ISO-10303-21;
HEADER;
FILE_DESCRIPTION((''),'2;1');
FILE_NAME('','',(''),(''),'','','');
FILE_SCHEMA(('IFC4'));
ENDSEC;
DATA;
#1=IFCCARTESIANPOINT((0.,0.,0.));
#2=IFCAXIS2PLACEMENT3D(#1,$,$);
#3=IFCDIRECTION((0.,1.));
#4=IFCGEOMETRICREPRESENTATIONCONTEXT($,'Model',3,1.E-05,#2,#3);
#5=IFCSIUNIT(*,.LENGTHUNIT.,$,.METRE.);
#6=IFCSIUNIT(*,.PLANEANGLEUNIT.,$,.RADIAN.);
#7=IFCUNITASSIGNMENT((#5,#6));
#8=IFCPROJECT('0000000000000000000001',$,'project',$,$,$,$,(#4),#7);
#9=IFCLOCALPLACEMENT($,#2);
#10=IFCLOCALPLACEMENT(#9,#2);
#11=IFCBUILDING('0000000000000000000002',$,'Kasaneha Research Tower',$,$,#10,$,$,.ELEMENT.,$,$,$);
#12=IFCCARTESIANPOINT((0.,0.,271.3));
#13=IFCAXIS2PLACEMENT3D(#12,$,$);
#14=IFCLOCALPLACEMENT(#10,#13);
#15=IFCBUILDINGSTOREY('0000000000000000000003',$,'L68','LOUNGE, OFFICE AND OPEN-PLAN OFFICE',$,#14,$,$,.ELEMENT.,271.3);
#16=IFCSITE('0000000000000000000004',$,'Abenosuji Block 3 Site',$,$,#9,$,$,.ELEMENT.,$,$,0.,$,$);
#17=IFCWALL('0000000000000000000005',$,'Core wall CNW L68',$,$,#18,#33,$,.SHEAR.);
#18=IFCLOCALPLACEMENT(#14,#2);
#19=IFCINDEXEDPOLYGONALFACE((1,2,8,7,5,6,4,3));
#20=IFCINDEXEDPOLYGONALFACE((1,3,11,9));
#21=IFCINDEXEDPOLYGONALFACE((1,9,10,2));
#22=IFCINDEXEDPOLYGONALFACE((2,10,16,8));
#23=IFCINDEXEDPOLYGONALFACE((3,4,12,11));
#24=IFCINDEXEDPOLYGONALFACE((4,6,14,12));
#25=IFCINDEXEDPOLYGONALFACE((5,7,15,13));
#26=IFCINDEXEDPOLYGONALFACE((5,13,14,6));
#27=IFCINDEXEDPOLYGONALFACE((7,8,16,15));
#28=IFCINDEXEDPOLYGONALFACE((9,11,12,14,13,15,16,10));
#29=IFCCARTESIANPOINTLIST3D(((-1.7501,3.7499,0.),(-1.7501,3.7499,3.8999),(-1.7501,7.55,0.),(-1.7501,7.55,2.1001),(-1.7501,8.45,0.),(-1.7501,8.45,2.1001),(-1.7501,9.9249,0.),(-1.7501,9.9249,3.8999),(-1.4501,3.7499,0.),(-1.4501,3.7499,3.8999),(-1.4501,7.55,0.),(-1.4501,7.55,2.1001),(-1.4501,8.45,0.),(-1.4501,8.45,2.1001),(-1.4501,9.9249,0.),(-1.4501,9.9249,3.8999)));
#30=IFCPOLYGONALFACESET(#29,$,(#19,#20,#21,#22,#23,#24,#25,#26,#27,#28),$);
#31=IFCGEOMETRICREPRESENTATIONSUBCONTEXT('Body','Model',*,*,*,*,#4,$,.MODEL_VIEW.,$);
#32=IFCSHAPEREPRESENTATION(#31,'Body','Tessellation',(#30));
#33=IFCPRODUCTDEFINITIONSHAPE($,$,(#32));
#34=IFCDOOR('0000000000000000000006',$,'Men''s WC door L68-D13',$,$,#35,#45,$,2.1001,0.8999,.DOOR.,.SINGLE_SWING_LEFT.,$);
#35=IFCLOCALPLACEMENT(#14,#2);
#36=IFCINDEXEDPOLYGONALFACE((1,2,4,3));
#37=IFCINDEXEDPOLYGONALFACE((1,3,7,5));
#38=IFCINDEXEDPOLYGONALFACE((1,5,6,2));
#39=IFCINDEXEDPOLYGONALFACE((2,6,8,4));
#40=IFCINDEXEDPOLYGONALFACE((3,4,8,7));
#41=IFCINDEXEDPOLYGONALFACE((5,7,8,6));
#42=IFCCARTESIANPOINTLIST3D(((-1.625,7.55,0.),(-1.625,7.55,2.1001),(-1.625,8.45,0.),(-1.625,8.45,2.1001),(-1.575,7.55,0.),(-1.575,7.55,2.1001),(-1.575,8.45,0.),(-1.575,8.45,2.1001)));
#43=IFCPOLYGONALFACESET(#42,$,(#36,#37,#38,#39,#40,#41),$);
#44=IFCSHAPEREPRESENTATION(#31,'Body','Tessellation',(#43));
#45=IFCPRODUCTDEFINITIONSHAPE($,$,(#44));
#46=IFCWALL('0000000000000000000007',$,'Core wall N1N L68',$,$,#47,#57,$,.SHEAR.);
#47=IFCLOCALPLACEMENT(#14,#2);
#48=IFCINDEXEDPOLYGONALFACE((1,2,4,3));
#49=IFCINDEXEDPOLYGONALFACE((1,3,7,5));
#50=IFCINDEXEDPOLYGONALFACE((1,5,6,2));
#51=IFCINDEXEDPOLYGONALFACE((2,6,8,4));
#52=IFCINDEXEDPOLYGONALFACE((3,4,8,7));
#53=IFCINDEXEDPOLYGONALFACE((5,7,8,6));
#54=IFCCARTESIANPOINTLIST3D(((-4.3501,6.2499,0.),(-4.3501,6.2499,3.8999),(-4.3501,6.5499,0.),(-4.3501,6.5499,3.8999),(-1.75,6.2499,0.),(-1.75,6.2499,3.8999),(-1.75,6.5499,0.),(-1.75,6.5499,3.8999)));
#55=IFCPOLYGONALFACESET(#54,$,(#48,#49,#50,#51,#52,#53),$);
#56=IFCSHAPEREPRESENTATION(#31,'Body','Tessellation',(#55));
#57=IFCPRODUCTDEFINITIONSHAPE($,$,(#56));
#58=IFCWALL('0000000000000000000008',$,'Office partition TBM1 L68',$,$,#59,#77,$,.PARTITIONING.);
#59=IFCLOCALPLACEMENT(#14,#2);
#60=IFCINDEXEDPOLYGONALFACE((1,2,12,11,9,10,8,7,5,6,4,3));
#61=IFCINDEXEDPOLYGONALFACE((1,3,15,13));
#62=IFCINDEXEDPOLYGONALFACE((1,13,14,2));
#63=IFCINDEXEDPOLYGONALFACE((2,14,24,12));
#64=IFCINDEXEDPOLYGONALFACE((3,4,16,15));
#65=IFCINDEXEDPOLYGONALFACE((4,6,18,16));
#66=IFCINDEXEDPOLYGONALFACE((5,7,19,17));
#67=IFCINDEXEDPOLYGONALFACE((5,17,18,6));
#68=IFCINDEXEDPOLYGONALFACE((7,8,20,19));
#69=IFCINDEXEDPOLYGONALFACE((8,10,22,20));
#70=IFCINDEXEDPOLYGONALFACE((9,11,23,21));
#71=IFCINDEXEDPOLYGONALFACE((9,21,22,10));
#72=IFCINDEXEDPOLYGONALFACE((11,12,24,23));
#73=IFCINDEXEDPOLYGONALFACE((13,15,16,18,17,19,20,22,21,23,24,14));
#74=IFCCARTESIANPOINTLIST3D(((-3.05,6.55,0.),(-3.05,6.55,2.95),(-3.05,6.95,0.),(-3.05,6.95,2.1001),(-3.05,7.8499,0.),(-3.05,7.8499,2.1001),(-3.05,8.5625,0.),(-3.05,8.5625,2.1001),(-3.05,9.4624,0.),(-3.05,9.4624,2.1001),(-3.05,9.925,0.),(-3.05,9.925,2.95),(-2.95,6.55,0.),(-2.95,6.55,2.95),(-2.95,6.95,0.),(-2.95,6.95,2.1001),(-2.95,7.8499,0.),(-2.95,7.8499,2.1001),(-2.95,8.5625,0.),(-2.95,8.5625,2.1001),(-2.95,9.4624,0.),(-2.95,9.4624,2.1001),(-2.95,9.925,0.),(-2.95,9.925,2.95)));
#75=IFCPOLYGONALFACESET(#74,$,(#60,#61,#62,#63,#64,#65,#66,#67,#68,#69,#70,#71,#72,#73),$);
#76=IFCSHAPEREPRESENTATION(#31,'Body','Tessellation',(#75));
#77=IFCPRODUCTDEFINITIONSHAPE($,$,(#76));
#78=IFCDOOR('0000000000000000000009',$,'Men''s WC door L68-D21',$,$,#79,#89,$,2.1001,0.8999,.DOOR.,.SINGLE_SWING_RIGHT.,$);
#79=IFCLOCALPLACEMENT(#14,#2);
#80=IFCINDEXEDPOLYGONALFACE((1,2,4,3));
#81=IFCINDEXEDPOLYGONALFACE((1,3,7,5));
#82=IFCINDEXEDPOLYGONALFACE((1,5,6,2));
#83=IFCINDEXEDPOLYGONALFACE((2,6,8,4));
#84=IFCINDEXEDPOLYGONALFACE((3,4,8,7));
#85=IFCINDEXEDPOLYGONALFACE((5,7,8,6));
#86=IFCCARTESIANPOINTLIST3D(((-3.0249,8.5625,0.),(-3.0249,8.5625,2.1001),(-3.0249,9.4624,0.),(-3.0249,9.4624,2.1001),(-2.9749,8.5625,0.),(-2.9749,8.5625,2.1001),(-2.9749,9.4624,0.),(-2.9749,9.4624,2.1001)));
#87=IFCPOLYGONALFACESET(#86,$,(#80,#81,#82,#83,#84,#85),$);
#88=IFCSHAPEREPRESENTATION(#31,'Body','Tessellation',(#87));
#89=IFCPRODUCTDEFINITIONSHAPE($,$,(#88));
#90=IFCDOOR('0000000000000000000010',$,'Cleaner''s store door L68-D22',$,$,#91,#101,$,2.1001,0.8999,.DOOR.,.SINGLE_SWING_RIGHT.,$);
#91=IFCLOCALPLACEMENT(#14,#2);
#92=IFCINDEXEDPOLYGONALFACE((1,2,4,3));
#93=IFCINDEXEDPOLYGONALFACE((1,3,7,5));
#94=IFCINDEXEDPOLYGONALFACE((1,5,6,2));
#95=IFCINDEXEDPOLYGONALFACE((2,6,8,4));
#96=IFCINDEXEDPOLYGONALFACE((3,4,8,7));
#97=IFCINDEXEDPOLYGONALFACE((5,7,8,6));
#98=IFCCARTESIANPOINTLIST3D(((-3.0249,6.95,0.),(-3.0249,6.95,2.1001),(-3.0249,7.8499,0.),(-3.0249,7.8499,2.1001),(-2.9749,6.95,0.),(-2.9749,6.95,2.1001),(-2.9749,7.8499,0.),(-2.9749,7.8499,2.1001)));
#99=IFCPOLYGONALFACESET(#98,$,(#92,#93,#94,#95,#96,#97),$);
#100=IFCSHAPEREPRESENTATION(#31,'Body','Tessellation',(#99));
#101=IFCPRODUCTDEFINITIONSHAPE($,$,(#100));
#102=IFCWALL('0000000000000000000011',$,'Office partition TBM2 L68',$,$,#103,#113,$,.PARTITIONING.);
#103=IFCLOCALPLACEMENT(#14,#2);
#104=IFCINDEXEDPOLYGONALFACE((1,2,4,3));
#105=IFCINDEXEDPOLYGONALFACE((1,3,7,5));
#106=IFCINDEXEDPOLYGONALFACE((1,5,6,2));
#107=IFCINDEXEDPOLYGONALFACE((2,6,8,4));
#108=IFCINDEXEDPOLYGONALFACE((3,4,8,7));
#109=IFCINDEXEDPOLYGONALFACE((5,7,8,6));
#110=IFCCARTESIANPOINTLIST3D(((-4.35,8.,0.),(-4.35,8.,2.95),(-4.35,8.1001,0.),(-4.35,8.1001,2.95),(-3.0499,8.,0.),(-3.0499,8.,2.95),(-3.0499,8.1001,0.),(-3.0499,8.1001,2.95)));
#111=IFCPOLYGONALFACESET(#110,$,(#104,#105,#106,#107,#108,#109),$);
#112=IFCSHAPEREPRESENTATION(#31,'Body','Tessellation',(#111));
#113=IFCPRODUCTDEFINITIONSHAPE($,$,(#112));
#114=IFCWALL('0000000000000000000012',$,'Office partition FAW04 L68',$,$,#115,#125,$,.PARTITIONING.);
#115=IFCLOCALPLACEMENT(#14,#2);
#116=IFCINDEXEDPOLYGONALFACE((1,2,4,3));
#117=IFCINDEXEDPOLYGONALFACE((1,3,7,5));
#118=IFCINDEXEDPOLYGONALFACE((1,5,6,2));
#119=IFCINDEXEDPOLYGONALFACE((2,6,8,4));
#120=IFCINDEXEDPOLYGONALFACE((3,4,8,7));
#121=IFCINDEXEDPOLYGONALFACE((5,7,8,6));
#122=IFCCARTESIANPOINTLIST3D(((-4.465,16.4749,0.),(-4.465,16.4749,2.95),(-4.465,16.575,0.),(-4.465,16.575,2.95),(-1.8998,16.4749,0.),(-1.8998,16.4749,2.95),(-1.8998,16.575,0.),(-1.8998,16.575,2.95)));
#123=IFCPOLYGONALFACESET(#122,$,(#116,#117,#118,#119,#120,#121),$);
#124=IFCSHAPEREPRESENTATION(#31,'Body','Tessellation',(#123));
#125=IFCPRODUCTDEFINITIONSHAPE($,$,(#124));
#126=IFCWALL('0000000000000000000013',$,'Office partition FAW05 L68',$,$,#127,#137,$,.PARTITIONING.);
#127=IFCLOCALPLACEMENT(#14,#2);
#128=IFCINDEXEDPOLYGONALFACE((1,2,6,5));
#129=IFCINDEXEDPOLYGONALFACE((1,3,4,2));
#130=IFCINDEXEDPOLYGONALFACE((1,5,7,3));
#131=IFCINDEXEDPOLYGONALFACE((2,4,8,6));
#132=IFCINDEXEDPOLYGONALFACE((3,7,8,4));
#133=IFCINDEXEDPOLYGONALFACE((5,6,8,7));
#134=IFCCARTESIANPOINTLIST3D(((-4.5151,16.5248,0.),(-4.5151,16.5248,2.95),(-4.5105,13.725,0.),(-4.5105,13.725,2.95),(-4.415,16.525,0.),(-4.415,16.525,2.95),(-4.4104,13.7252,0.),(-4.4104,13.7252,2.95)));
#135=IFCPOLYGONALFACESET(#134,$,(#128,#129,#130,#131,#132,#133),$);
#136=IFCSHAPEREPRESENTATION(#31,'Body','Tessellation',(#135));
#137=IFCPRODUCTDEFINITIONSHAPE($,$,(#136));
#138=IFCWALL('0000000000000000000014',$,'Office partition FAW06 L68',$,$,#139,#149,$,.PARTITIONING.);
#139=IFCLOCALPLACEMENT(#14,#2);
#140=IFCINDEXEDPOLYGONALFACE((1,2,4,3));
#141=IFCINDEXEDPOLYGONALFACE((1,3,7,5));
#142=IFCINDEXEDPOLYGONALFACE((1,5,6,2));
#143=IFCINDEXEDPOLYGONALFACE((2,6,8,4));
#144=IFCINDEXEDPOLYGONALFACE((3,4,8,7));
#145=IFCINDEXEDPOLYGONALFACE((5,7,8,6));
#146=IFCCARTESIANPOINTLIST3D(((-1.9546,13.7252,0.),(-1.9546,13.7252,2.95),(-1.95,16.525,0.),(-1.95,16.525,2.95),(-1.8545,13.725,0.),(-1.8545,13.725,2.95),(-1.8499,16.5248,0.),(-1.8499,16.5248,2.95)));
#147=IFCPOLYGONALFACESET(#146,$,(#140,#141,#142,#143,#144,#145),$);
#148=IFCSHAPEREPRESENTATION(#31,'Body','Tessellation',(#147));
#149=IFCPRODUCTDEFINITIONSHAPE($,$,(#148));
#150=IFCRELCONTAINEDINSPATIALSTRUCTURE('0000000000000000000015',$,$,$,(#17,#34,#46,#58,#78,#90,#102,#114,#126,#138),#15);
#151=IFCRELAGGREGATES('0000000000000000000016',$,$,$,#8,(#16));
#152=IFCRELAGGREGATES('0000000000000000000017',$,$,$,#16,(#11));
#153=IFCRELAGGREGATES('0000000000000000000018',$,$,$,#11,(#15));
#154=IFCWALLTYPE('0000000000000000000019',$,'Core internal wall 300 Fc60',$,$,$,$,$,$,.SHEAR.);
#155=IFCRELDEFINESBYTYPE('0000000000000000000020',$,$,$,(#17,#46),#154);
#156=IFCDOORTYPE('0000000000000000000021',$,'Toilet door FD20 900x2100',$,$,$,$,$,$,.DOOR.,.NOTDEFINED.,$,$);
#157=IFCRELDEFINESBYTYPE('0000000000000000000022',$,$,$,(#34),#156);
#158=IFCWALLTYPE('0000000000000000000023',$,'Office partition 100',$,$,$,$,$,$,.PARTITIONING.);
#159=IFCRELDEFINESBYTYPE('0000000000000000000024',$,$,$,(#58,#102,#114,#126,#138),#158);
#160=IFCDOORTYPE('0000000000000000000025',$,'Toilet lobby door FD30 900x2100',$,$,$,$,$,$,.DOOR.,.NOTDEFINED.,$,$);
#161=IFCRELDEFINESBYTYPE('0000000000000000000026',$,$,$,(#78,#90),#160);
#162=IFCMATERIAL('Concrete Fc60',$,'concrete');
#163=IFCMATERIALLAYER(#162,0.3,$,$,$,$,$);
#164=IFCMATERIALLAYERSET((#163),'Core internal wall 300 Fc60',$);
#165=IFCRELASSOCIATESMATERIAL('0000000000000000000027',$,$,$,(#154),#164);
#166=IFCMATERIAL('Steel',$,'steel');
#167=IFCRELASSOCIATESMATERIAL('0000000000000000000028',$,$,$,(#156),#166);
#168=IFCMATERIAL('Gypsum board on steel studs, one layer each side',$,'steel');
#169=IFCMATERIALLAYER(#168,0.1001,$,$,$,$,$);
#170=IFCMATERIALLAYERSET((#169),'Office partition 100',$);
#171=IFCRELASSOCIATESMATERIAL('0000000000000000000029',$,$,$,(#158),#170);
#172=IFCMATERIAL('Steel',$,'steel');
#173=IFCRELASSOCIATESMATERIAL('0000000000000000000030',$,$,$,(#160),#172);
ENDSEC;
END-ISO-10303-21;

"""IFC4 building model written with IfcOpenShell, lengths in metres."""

from ifc_helpers import new_model, si_unit, direction, frame, frame_2d, origin, place, context, subcontext, project, spatial, rectangle, extrude, material, layer, layer_set, type_object, element, fill, save


model = new_model("IFC4")

# Units and contexts
model_context = context("Model", 3, precision=1e-05, world=origin(), true_north=direction((0.0, 1.0)))
body_context = subcontext(model_context, "Body", "Model", "MODEL_VIEW")
ifc_project = project(units=[si_unit("LENGTHUNIT", "METRE"), si_unit("PLANEANGLEUNIT", "RADIAN")], contexts=[model_context])

# Site, building, storey
site_placement = place(None, origin())
site = spatial("IfcSite", under=ifc_project, at=site_placement, Name="Abenosuji Block 3 Site", CompositionType="ELEMENT", RefElevation=0.0)
building_placement = place(site_placement, origin())
building = spatial("IfcBuilding", under=site, at=building_placement, Name="Kasaneha Research Tower", CompositionType="ELEMENT")
storey_placement = place(building_placement, frame((0.0, 0.0, 271.3)))
storey = spatial("IfcBuildingStorey", under=building, at=storey_placement, Name="L68", Description="LOUNGE, OFFICE AND OPEN-PLAN OFFICE", CompositionType="ELEMENT", Elevation=271.3)

# Wall, opening, door
ifc_material_1 = material(Name="Concrete Fc60", Category="concrete")
ifc_layer_1 = layer(ifc_material_1, 0.3)
ifc_layer_set_1 = layer_set([ifc_layer_1], Name="Core internal wall 300 Fc60")
wall_type_1 = type_object("IfcWallType", Name="Core internal wall 300 Fc60", PredefinedType="SHEAR", material=ifc_layer_set_1)
wall_1_placement = place(storey_placement, frame((-1.6001, 3.75, 0.0), z_axis=(0.0, 0.0, 1.0), x_axis=(0.0, 1.0, 0.0)))
wall_1 = element("IfcWall", 1, at=wall_1_placement, inside=storey, type_object=wall_type_1, Name="Core wall CNW L68", PredefinedType="SHEAR", context=body_context, shape_type="SweptSolid", body=[
    extrude(rectangle(XDim=6.175, YDim=0.3, at=frame_2d((3.0874, 0.0))), origin(), (0.0, 0.0, 1.0), 3.8999),
])
opening_1_placement = place(wall_1_placement, frame((3.8, 0.0, 0.0)))
opening_1 = element("IfcOpeningElement", 2, at=opening_1_placement, cuts=wall_1, PredefinedType="OPENING", context=body_context, shape_type="SweptSolid", body=[
    extrude(rectangle(XDim=0.8999, YDim=2.1001, at=frame_2d((0.45, 1.05))), frame((0.0, 0.1602, 0.0), z_axis=(0.0, -1.0, 0.0), x_axis=(1.0, 0.0, 0.0)), (0.0, 0.0, 1.0), 0.3201),
])
ifc_material_2 = material(Name="Steel", Category="steel")
door_type_1 = type_object("IfcDoorType", Name="Toilet door FD20 900x2100", OperationType="NOTDEFINED", PredefinedType="DOOR", material=ifc_material_2)
door_1_placement = place(opening_1_placement, origin())
door_1 = element("IfcDoor", 3, at=door_1_placement, inside=storey, type_object=door_type_1, Name="Men's WC door L68-D13", OperationType="SINGLE_SWING_LEFT", OverallHeight=2.1001, OverallWidth=0.8999, PredefinedType="DOOR", context=body_context, shape_type="SweptSolid", body=[
    extrude(rectangle(XDim=0.8999, YDim=2.1001, at=frame_2d((0.45, 1.05))), frame((0.0, 0.0249, 0.0), z_axis=(0.0, -1.0, 0.0), x_axis=(1.0, 0.0, 0.0)), (0.0, 0.0, 1.0), 0.05),
])
fill(opening_1, door_1)

# Wall
wall_2_placement = place(storey_placement, frame((-4.3501, 6.3999, 0.0), z_axis=(0.0, 0.0, 1.0), x_axis=(1.0, 0.0, 0.0)))
element("IfcWall", 4, at=wall_2_placement, inside=storey, type_object=wall_type_1, Name="Core wall N1N L68", PredefinedType="SHEAR", context=body_context, shape_type="SweptSolid", body=[
    extrude(rectangle(XDim=2.6001, YDim=0.3, at=frame_2d((1.3, 0.0))), origin(), (0.0, 0.0, 1.0), 3.8999),
])

# Wall, openings, doors
ifc_material_3 = material(Name="Gypsum board on steel studs, one layer each side", Category="steel")
ifc_layer_2 = layer(ifc_material_3, 0.1001)
ifc_layer_set_2 = layer_set([ifc_layer_2], Name="Office partition 100")
wall_type_2 = type_object("IfcWallType", Name="Office partition 100", PredefinedType="PARTITIONING", material=ifc_layer_set_2)
wall_3_placement = place(storey_placement, frame((-3.0, 6.55, 0.0), z_axis=(0.0, 0.0, 1.0), x_axis=(0.0, 1.0, 0.0)))
wall_3 = element("IfcWall", 5, at=wall_3_placement, inside=storey, type_object=wall_type_2, Name="Office partition TBM1 L68", PredefinedType="PARTITIONING", context=body_context, shape_type="SweptSolid", body=[
    extrude(rectangle(XDim=3.375, YDim=0.1001, at=frame_2d((1.6875, 0.0))), origin(), (0.0, 0.0, 1.0), 2.95),
])
opening_2_placement = place(wall_3_placement, frame((2.0125, 0.0, 0.0)))
opening_2 = element("IfcOpeningElement", 6, at=opening_2_placement, cuts=wall_3, PredefinedType="OPENING", context=body_context, shape_type="SweptSolid", body=[
    extrude(rectangle(XDim=0.8999, YDim=2.1001, at=frame_2d((0.45, 1.05))), frame((0.0, 0.0601, 0.0), z_axis=(0.0, -1.0, 0.0), x_axis=(1.0, 0.0, 0.0)), (0.0, 0.0, 1.0), 0.1201),
])
opening_3_placement = place(wall_3_placement, frame((0.3999, 0.0, 0.0)))
opening_3 = element("IfcOpeningElement", 7, at=opening_3_placement, cuts=wall_3, PredefinedType="OPENING", context=body_context, shape_type="SweptSolid", body=[
    extrude(rectangle(XDim=0.8999, YDim=2.1001, at=frame_2d((0.45, 1.05))), frame((0.0, 0.0601, 0.0), z_axis=(0.0, -1.0, 0.0), x_axis=(1.0, 0.0, 0.0)), (0.0, 0.0, 1.0), 0.1201),
])
ifc_material_4 = material(Name="Steel", Category="steel")
door_type_2 = type_object("IfcDoorType", Name="Toilet lobby door FD30 900x2100", OperationType="NOTDEFINED", PredefinedType="DOOR", material=ifc_material_4)
door_2_placement = place(opening_2_placement, origin())
door_2 = element("IfcDoor", 8, at=door_2_placement, inside=storey, type_object=door_type_2, Name="Men's WC door L68-D21", OperationType="SINGLE_SWING_RIGHT", OverallHeight=2.1001, OverallWidth=0.8999, PredefinedType="DOOR", context=body_context, shape_type="SweptSolid", body=[
    extrude(rectangle(XDim=0.8999, YDim=2.1001, at=frame_2d((0.45, 1.05))), frame((0.0, 0.0249, 0.0), z_axis=(0.0, -1.0, 0.0), x_axis=(1.0, 0.0, 0.0)), (0.0, 0.0, 1.0), 0.05),
])
fill(opening_2, door_2)
door_3_placement = place(opening_3_placement, origin())
door_3 = element("IfcDoor", 9, at=door_3_placement, inside=storey, type_object=door_type_2, Name="Cleaner's store door L68-D22", OperationType="SINGLE_SWING_RIGHT", OverallHeight=2.1001, OverallWidth=0.8999, PredefinedType="DOOR", context=body_context, shape_type="SweptSolid", body=[
    extrude(rectangle(XDim=0.8999, YDim=2.1001, at=frame_2d((0.45, 1.05))), frame((0.0, 0.0249, 0.0), z_axis=(0.0, -1.0, 0.0), x_axis=(1.0, 0.0, 0.0)), (0.0, 0.0, 1.0), 0.05),
])
fill(opening_3, door_3)

# Walls
wall_4_placement = place(storey_placement, frame((-3.05, 8.05, 0.0), z_axis=(0.0, 0.0, 1.0), x_axis=(-1.0, 0.0, 0.0)))
element("IfcWall", 10, at=wall_4_placement, inside=storey, type_object=wall_type_2, Name="Office partition TBM2 L68", PredefinedType="PARTITIONING", context=body_context, shape_type="SweptSolid", body=[
    extrude(rectangle(XDim=1.3, YDim=0.1001, at=frame_2d((0.6499, 0.0))), origin(), (0.0, 0.0, 1.0), 2.95),
])
wall_5_placement = place(storey_placement, frame((-4.4651, 16.5249, 0.0), z_axis=(0.0, 0.0, 1.0), x_axis=(1.0, 0.0, 0.0)))
element("IfcWall", 11, at=wall_5_placement, inside=storey, type_object=wall_type_2, Name="Office partition FAW04 L68", PredefinedType="PARTITIONING", context=body_context, shape_type="SweptSolid", body=[
    extrude(rectangle(XDim=2.5652, YDim=0.1001, at=frame_2d((1.2827, 0.0))), origin(), (0.0, 0.0, 1.0), 2.95),
])
for number, where, z_axis, x_axis, name in (
    (12, (-4.4604, 13.7251, 0.0), (0.0, 0.0, 1.0), (-0.001657, 0.999999, 0.0), "Office partition FAW05 L68"),
    (13, (-1.8999, 16.5249, 0.0), (0.0, 0.0, 1.0), (-0.001657, -0.999999, 0.0), "Office partition FAW06 L68"),
):
    element("IfcWall", number, at=place(storey_placement, frame(where, z_axis=z_axis, x_axis=x_axis)), inside=storey, type_object=wall_type_2, Name=name, PredefinedType="PARTITIONING", context=body_context, shape_type="SweptSolid", body=[
        extrude(rectangle(XDim=2.7998, YDim=0.1001, at=frame_2d((1.3999, 0.0))), origin(), (0.0, 0.0, 1.0), 2.95),
    ])

save(model, "model.ifc")
